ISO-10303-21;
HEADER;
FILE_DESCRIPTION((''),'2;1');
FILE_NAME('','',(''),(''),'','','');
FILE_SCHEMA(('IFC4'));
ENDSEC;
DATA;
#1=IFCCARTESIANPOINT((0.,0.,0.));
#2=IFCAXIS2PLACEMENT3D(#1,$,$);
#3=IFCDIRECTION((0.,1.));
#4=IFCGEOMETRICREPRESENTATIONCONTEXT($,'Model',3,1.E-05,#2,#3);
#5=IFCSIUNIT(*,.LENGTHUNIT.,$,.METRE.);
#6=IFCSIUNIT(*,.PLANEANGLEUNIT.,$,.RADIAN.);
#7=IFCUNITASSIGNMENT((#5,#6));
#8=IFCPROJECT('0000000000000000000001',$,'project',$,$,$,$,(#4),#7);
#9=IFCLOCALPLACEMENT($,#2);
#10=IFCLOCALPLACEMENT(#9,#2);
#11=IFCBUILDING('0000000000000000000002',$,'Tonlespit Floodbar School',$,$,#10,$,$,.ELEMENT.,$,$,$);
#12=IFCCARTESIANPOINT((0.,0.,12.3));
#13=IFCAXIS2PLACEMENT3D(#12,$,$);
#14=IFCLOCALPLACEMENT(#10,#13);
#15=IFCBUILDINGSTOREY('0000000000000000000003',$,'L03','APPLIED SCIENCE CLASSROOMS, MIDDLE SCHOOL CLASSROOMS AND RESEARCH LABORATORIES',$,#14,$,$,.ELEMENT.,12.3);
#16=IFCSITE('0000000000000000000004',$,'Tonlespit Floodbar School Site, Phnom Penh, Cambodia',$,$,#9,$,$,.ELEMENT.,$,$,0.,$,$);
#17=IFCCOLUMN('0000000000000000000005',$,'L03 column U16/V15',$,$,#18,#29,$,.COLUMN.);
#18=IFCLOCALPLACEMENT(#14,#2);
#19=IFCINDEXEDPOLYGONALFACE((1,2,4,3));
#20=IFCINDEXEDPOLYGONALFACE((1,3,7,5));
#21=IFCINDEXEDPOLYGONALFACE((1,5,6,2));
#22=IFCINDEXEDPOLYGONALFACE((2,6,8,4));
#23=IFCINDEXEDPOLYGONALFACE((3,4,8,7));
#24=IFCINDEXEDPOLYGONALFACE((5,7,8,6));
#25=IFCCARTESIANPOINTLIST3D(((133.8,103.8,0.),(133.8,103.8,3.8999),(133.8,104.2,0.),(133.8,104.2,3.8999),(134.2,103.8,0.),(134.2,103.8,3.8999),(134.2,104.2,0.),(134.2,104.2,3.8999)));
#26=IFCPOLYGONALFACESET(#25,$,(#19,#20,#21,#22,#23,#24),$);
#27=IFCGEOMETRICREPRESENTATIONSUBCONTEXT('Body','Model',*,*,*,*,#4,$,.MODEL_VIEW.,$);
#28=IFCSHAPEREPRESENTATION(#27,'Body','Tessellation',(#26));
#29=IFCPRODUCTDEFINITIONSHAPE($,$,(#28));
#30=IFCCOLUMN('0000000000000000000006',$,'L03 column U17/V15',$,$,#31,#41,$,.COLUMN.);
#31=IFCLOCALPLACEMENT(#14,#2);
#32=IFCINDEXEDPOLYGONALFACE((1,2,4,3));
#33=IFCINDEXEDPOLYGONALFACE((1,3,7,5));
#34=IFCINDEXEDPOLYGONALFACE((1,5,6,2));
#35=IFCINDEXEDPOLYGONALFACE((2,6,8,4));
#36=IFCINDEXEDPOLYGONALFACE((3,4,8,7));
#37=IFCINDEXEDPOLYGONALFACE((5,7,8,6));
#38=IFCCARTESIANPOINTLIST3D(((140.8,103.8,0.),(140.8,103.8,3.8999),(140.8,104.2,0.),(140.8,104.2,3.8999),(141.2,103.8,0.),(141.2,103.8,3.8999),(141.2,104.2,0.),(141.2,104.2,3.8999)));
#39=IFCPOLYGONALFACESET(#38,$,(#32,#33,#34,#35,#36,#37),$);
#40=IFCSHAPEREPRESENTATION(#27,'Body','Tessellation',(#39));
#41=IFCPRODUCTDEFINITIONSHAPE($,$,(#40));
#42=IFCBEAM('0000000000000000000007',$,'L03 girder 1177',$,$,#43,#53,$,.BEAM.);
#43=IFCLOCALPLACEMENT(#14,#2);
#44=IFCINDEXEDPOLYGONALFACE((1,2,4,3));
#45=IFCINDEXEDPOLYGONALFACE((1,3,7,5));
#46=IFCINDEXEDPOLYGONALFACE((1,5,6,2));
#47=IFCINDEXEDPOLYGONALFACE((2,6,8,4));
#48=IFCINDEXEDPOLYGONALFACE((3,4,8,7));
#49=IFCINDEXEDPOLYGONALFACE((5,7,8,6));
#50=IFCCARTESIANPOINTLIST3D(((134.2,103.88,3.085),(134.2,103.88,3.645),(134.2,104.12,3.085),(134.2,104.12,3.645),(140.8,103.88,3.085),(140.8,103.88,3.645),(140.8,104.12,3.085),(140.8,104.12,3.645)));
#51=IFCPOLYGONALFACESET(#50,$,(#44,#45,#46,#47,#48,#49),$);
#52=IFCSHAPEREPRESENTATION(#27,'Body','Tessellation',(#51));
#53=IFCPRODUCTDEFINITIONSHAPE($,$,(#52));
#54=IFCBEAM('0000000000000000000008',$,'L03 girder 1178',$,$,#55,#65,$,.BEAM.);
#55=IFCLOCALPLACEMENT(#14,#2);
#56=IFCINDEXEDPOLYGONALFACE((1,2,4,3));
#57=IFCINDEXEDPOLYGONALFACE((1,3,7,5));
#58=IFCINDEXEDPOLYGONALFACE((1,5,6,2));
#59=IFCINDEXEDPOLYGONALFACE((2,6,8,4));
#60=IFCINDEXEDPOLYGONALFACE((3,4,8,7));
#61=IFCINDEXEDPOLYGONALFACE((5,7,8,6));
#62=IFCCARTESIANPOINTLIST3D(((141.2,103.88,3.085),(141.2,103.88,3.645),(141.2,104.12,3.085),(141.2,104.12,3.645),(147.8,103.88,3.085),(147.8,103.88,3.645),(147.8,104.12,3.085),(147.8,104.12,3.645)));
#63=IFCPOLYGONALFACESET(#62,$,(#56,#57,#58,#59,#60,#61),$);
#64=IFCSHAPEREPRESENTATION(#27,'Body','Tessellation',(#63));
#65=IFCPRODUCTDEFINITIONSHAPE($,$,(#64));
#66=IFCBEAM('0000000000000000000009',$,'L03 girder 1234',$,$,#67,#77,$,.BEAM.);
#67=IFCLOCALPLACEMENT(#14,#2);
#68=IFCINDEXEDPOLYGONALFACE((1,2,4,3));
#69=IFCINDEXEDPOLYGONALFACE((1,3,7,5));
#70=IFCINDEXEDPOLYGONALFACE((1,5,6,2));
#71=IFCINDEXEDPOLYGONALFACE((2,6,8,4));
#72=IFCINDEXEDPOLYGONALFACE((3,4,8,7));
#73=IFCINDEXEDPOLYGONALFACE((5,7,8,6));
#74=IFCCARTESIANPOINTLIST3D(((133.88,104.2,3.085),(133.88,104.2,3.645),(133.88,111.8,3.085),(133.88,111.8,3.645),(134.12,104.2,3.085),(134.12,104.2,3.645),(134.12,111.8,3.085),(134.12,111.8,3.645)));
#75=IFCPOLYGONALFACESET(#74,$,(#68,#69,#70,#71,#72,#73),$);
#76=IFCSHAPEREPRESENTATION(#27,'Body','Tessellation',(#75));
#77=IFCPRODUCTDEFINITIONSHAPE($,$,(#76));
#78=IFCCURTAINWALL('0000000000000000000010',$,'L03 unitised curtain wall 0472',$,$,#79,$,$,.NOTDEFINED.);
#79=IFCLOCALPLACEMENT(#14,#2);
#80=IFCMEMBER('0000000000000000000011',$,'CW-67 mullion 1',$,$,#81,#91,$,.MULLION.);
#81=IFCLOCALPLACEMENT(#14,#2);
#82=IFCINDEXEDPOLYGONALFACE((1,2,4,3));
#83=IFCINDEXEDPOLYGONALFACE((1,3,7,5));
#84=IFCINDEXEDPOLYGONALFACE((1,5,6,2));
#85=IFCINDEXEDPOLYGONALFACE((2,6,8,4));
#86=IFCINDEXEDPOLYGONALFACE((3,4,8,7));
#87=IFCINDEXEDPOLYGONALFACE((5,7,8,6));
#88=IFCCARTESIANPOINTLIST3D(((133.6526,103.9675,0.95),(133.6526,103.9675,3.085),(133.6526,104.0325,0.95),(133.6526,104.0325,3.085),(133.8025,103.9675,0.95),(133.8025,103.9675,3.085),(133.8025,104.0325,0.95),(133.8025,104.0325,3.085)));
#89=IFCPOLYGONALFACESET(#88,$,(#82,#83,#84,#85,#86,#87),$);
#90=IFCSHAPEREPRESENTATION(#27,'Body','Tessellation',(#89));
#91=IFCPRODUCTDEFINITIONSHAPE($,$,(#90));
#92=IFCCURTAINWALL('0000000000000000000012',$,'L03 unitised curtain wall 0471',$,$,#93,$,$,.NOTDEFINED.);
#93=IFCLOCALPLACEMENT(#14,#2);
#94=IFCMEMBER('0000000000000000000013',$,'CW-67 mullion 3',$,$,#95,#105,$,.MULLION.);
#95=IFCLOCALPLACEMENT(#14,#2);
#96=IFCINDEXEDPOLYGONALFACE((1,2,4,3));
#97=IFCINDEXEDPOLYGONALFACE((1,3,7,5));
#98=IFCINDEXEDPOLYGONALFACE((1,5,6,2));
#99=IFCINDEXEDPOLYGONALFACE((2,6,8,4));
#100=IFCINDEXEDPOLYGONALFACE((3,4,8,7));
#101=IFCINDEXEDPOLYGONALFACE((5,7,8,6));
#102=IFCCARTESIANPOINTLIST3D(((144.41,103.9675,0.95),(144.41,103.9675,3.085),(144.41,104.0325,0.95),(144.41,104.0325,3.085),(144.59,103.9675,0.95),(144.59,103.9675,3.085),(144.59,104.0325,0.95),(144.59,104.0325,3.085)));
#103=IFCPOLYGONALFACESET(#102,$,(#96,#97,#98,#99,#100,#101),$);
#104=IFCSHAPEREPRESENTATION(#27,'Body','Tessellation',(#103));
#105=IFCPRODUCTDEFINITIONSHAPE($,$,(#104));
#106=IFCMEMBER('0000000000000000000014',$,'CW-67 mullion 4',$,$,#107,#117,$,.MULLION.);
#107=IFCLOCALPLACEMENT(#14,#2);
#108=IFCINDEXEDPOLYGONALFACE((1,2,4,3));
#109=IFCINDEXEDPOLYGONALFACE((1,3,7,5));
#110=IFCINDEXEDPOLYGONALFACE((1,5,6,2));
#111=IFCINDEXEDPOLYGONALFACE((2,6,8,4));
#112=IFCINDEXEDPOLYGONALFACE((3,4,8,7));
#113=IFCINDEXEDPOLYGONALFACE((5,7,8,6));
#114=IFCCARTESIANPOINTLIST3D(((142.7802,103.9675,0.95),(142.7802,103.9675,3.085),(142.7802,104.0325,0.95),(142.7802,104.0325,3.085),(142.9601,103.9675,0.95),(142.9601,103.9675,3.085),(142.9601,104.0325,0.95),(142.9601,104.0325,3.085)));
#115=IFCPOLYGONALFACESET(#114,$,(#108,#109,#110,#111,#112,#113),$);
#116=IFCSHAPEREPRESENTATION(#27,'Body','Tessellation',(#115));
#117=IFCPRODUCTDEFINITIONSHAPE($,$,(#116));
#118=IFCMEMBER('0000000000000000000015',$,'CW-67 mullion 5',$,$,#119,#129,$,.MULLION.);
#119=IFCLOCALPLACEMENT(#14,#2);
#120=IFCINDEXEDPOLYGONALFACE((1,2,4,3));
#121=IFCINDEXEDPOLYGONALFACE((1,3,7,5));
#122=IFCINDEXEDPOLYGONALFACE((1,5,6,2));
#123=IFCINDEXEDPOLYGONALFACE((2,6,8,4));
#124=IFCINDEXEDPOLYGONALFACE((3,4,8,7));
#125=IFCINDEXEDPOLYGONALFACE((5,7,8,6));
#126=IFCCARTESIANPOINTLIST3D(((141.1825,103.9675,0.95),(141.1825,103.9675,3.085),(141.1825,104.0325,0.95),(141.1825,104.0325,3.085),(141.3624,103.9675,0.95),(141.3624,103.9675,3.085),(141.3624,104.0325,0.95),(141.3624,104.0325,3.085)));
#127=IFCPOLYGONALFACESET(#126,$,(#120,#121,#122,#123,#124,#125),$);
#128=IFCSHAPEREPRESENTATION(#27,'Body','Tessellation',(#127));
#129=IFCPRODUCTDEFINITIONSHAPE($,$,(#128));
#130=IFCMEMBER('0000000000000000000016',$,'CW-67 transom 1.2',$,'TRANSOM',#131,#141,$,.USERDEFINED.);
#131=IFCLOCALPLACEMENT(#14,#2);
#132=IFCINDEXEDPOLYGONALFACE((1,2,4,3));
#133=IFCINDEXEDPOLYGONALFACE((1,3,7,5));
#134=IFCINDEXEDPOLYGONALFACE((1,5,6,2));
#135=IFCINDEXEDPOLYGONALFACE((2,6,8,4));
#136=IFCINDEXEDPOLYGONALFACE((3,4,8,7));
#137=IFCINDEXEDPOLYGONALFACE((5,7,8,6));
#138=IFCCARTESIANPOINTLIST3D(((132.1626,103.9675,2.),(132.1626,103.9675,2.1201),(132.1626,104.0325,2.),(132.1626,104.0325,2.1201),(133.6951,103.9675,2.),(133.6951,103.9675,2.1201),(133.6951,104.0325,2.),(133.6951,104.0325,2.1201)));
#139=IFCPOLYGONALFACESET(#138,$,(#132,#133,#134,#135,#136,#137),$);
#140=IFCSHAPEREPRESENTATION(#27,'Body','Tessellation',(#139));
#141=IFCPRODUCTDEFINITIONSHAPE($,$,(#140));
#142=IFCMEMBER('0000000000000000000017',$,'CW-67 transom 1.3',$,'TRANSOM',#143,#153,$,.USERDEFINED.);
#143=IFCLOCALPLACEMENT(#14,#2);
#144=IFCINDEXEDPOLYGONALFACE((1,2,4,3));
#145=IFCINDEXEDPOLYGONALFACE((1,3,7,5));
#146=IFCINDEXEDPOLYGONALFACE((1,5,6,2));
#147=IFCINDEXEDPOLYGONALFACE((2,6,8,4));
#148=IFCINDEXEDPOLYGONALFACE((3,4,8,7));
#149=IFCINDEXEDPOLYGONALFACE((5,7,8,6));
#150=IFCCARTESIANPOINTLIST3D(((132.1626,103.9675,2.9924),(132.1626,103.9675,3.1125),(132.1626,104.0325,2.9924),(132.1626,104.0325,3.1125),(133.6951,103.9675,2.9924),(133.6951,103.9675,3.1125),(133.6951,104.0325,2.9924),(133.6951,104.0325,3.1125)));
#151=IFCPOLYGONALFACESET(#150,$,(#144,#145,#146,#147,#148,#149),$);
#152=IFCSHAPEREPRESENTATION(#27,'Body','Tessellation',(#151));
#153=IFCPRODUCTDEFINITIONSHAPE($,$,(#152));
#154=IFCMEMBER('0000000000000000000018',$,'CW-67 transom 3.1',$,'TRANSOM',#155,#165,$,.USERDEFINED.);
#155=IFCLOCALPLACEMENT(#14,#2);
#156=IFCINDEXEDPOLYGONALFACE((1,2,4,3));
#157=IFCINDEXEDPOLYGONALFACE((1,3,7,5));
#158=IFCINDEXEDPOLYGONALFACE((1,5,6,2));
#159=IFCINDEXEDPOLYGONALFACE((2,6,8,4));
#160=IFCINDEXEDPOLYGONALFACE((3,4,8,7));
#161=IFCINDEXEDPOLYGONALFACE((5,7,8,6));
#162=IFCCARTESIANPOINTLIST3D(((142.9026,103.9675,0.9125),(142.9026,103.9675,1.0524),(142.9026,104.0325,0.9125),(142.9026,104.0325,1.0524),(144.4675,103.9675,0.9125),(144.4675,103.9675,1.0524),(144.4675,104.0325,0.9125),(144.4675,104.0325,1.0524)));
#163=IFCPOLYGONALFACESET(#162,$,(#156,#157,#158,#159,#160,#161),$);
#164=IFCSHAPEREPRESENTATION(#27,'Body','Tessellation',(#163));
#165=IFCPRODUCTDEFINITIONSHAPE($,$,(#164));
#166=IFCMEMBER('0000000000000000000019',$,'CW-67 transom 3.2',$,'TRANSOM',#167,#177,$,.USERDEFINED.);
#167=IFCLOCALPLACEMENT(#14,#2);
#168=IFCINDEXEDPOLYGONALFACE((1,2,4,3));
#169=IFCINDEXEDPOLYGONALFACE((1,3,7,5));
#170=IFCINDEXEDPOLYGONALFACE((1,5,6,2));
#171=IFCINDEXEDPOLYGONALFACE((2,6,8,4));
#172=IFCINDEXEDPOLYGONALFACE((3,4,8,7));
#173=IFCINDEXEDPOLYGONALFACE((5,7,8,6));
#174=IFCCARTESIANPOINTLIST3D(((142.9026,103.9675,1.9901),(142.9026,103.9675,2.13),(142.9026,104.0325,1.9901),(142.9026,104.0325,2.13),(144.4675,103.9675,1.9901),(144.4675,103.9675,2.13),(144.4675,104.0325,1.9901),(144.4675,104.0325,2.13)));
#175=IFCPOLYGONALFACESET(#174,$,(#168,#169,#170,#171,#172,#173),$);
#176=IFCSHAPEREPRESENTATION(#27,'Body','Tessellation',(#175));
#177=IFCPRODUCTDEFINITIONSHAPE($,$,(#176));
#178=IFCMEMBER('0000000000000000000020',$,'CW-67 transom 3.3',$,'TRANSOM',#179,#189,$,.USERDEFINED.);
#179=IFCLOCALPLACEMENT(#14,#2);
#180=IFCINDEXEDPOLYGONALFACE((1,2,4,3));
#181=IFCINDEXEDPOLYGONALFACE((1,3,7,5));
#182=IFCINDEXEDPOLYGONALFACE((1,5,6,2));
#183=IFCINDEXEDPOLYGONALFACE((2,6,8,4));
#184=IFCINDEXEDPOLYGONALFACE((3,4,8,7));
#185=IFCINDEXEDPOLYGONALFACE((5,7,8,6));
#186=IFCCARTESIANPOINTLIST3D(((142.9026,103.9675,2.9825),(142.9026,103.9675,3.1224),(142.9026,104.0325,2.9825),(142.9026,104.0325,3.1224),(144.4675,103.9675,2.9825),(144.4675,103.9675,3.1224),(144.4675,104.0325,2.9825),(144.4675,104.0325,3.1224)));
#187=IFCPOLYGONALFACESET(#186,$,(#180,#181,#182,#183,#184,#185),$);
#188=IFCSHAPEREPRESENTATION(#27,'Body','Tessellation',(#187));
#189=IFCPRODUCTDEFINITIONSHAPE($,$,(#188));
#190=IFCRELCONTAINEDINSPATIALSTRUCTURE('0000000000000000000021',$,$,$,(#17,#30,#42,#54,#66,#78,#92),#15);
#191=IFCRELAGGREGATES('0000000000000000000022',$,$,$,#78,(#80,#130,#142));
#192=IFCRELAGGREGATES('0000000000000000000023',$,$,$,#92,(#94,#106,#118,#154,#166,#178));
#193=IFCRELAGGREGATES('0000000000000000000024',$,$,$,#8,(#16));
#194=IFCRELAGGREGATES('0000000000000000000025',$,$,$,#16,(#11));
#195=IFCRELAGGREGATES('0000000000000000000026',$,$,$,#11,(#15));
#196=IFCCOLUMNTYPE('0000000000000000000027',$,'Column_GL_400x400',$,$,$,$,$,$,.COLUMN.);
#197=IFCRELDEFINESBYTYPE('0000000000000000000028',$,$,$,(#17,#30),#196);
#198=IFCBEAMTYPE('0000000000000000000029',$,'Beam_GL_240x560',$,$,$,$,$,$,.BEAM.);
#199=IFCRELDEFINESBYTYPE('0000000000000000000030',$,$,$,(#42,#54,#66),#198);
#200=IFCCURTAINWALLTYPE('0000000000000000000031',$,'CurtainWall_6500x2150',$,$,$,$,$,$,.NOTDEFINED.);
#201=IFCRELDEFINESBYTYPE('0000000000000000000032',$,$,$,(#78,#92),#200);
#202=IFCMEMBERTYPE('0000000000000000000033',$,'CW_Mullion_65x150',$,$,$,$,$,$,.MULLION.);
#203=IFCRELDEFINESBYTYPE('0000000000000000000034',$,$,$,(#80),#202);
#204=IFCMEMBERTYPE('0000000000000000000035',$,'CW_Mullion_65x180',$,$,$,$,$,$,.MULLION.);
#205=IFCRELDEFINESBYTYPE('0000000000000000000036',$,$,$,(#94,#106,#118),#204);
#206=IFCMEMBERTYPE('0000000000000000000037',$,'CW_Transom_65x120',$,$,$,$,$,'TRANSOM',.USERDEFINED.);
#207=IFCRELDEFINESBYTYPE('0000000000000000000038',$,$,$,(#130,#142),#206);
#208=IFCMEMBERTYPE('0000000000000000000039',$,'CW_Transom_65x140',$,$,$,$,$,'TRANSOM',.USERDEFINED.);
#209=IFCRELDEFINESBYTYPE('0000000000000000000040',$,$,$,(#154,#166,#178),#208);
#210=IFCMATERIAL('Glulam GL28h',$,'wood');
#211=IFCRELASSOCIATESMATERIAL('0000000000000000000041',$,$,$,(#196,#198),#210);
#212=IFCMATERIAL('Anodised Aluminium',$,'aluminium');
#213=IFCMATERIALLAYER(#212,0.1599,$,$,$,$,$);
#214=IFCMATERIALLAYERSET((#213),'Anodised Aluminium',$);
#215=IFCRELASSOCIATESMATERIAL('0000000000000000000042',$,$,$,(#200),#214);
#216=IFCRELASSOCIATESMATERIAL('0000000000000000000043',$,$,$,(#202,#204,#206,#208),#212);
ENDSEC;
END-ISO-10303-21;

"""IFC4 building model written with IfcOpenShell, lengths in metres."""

from ifc_helpers import new_model, si_unit, direction, frame, origin, origin_2d, place, context, subcontext, project, spatial, rectangle, extrude, material, layer, layer_set, material_profile, profile_set, type_object, element, aggregate, save


model = new_model("IFC4")

# Units and contexts
model_context = context("Model", 3, precision=1e-05, world=origin(), true_north=direction((0.0, 1.0)))
body_context = subcontext(model_context, "Body", "Model", "MODEL_VIEW")
ifc_project = project(units=[si_unit("LENGTHUNIT", "METRE"), si_unit("PLANEANGLEUNIT", "RADIAN")], contexts=[model_context])

# Site, building, storey
site_placement = place(None, origin())
site = spatial("IfcSite", under=ifc_project, at=site_placement, Name="Tonlespit Floodbar School Site, Phnom Penh, Cambodia", CompositionType="ELEMENT", RefElevation=0.0)
building_placement = place(site_placement, origin())
building = spatial("IfcBuilding", under=site, at=building_placement, Name="Tonlespit Floodbar School", CompositionType="ELEMENT")
storey_placement = place(building_placement, frame((0.0, 0.0, 12.3)))
storey = spatial("IfcBuildingStorey", under=building, at=storey_placement, Name="L03", Description="APPLIED SCIENCE CLASSROOMS, MIDDLE SCHOOL CLASSROOMS AND RESEARCH LABORATORIES", CompositionType="ELEMENT", Elevation=12.3)

# Columns
ifc_material_1 = material(Name="Glulam GL28h", Category="wood")
ifc_material_profile_1 = material_profile(ifc_material_1, rectangle(XDim=0.3999, YDim=0.3999, at=origin_2d()), Name="GL 400x400")
ifc_profile_set_1 = profile_set([ifc_material_profile_1], Name="Glulam GL28h")
column_type = type_object("IfcColumnType", Name="Column_GL_400x400", PredefinedType="COLUMN", material=ifc_profile_set_1)
for number, where, z_axis, x_axis, name in (
    (1, (134.0, 104.0, 0.0), (0.0, 0.0, 1.0), (1.0, 0.0, 0.0), "L03 column U16/V15"),
    (2, (141.0, 104.0, 0.0), (0.0, 0.0, 1.0), (1.0, 0.0, 0.0), "L03 column U17/V15"),
):
    element("IfcColumn", number, at=place(storey_placement, frame(where, z_axis=z_axis, x_axis=x_axis)), inside=storey, type_object=column_type, Name=name, PredefinedType="COLUMN", context=body_context, shape_type="SweptSolid", body=[
        extrude(rectangle(XDim=0.3999, YDim=0.3999, at=origin_2d()), origin(), (0.0, 0.0, 1.0), 3.8999),
    ])

# Beams
ifc_material_profile_2 = material_profile(ifc_material_1, rectangle(XDim=0.24, YDim=0.5601, at=origin_2d()), Name="GL 240x560")
ifc_profile_set_2 = profile_set([ifc_material_profile_2], Name="Glulam GL28h")
beam_type_1 = type_object("IfcBeamType", Name="Beam_GL_240x560", PredefinedType="BEAM", material=ifc_profile_set_2)
for number, where, z_axis, x_axis, name in (
    (3, (134.2, 104.0, 3.365), (1.0, 0.0, 0.0), (0.0, 1.0, 0.0), "L03 girder 1177"),
    (4, (141.2, 104.0, 3.365), (1.0, 0.0, 0.0), (0.0, 1.0, 0.0), "L03 girder 1178"),
):
    element("IfcBeam", number, at=place(storey_placement, frame(where, z_axis=z_axis, x_axis=x_axis)), inside=storey, type_object=beam_type_1, Name=name, PredefinedType="BEAM", context=body_context, shape_type="SweptSolid", body=[
        extrude(rectangle(XDim=0.24, YDim=0.5601, at=origin_2d()), origin(), (0.0, 0.0, 1.0), 6.6001),
    ])
beam_placement = place(storey_placement, frame((134.0, 104.2, 3.365), z_axis=(0.0, 1.0, 0.0), x_axis=(-1.0, 0.0, 0.0)))
element("IfcBeam", 5, at=beam_placement, inside=storey, type_object=beam_type_1, Name="L03 girder 1234", PredefinedType="BEAM", context=body_context, shape_type="SweptSolid", body=[
    extrude(rectangle(XDim=0.24, YDim=0.5601, at=origin_2d()), origin(), (0.0, 0.0, 1.0), 7.6001),
])

# Curtain wall, member
ifc_material_2 = material(Name="Anodised Aluminium", Category="aluminium")
ifc_layer_1 = layer(ifc_material_2, 0.1599)
ifc_layer_set_1 = layer_set([ifc_layer_1], Name="Anodised Aluminium")
curtain_wall_type = type_object("IfcCurtainWallType", Name="CurtainWall_6500x2150", PredefinedType="NOTDEFINED", material=ifc_layer_set_1)
curtain_wall_1_placement = place(storey_placement, origin())
curtain_wall_1 = element("IfcCurtainWall", 6, at=curtain_wall_1_placement, inside=storey, type_object=curtain_wall_type, Name="L03 unitised curtain wall 0472", PredefinedType="NOTDEFINED")
ifc_material_profile_3 = material_profile(ifc_material_2, rectangle(XDim=0.0649, YDim=0.1499, at=origin_2d()), Name="ALU M65x150")
ifc_profile_set_3 = profile_set([ifc_material_profile_3], Name="Anodised Aluminium")
member_type_1 = type_object("IfcMemberType", Name="CW_Mullion_65x150", PredefinedType="MULLION", material=ifc_profile_set_3)
member_1_placement = place(storey_placement, frame((133.7275, 104.0, 0.95), z_axis=(0.0, 0.0, 1.0), x_axis=(0.0, -1.0, 0.0)))
member_1 = element("IfcMember", 7, at=member_1_placement, type_object=member_type_1, Name="CW-67 mullion 1", PredefinedType="MULLION", context=body_context, shape_type="SweptSolid", body=[
    extrude(rectangle(XDim=0.0649, YDim=0.1499, at=origin_2d()), origin(), (0.0, 0.0, 1.0), 2.135),
])

# Curtain wall, members
curtain_wall_2_placement = place(storey_placement, origin())
curtain_wall_2 = element("IfcCurtainWall", 8, at=curtain_wall_2_placement, inside=storey, type_object=curtain_wall_type, Name="L03 unitised curtain wall 0471", PredefinedType="NOTDEFINED")
ifc_material_profile_4 = material_profile(ifc_material_2, rectangle(XDim=0.0649, YDim=0.1799, at=origin_2d()), Name="ALU M65x180")
ifc_profile_set_4 = profile_set([ifc_material_profile_4], Name="Anodised Aluminium")
member_type_2 = type_object("IfcMemberType", Name="CW_Mullion_65x180", PredefinedType="MULLION", material=ifc_profile_set_4)
member_2_placement = place(storey_placement, frame((144.5, 104.0, 0.95), z_axis=(0.0, 0.0, 1.0), x_axis=(0.0, -1.0, 0.0)))
member_2 = element("IfcMember", 9, at=member_2_placement, type_object=member_type_2, Name="CW-67 mullion 3", PredefinedType="MULLION", context=body_context, shape_type="SweptSolid", body=[
    extrude(rectangle(XDim=0.0649, YDim=0.1799, at=origin_2d()), origin(), (0.0, 0.0, 1.0), 2.135),
])
member_3_placement = place(storey_placement, frame((142.8701, 104.0, 0.95), z_axis=(0.0, 0.0, 1.0), x_axis=(0.0, -1.0, 0.0)))
member_3 = element("IfcMember", 10, at=member_3_placement, type_object=member_type_2, Name="CW-67 mullion 4", PredefinedType="MULLION", context=body_context, shape_type="SweptSolid", body=[
    extrude(rectangle(XDim=0.0649, YDim=0.1799, at=origin_2d()), origin(), (0.0, 0.0, 1.0), 2.135),
])
member_4_placement = place(storey_placement, frame((141.2725, 104.0, 0.95), z_axis=(0.0, 0.0, 1.0), x_axis=(0.0, -1.0, 0.0)))
member_4 = element("IfcMember", 11, at=member_4_placement, type_object=member_type_2, Name="CW-67 mullion 5", PredefinedType="MULLION", context=body_context, shape_type="SweptSolid", body=[
    extrude(rectangle(XDim=0.0649, YDim=0.1799, at=origin_2d()), origin(), (0.0, 0.0, 1.0), 2.135),
])

# Members
ifc_material_profile_5 = material_profile(ifc_material_2, rectangle(XDim=0.0649, YDim=0.1201, at=origin_2d()), Name="ALU T65x120")
ifc_profile_set_5 = profile_set([ifc_material_profile_5], Name="Anodised Aluminium")
member_type_3 = type_object("IfcMemberType", Name="CW_Transom_65x120", ElementType="TRANSOM", PredefinedType="USERDEFINED", material=ifc_profile_set_5)
member_5_placement = place(storey_placement, frame((133.6951, 104.0, 2.0601), z_axis=(-1.0, 0.0, 0.0), x_axis=(0.0, -1.0, 0.0)))
member_5 = element("IfcMember", 12, at=member_5_placement, type_object=member_type_3, Name="CW-67 transom 1.2", ObjectType="TRANSOM", PredefinedType="USERDEFINED", context=body_context, shape_type="SweptSolid", body=[
    extrude(rectangle(XDim=0.0649, YDim=0.1201, at=origin_2d()), origin(), (0.0, 0.0, 1.0), 1.5325),
])
member_6_placement = place(storey_placement, frame((133.6951, 104.0, 3.0525), z_axis=(-1.0, 0.0, 0.0), x_axis=(0.0, -1.0, 0.0)))
member_6 = element("IfcMember", 13, at=member_6_placement, type_object=member_type_3, Name="CW-67 transom 1.3", ObjectType="TRANSOM", PredefinedType="USERDEFINED", context=body_context, shape_type="SweptSolid", body=[
    extrude(rectangle(XDim=0.0649, YDim=0.1201, at=origin_2d()), origin(), (0.0, 0.0, 1.0), 1.5325),
])
aggregate(curtain_wall_1, [member_1, member_5, member_6])
ifc_material_profile_6 = material_profile(ifc_material_2, rectangle(XDim=0.0649, YDim=0.1399, at=origin_2d()), Name="ALU T65x140")
ifc_profile_set_6 = profile_set([ifc_material_profile_6], Name="Anodised Aluminium")
member_type_4 = type_object("IfcMemberType", Name="CW_Transom_65x140", ElementType="TRANSOM", PredefinedType="USERDEFINED", material=ifc_profile_set_6)
member_7_placement = place(storey_placement, frame((144.4675, 104.0, 0.9824), z_axis=(-1.0, 0.0, 0.0), x_axis=(0.0, -1.0, 0.0)))
member_7 = element("IfcMember", 14, at=member_7_placement, type_object=member_type_4, Name="CW-67 transom 3.1", ObjectType="TRANSOM", PredefinedType="USERDEFINED", context=body_context, shape_type="SweptSolid", body=[
    extrude(rectangle(XDim=0.0649, YDim=0.1399, at=origin_2d()), origin(), (0.0, 0.0, 1.0), 1.5649),
])
member_8_placement = place(storey_placement, frame((144.4675, 104.0, 2.0601), z_axis=(-1.0, 0.0, 0.0), x_axis=(0.0, -1.0, 0.0)))
member_8 = element("IfcMember", 15, at=member_8_placement, type_object=member_type_4, Name="CW-67 transom 3.2", ObjectType="TRANSOM", PredefinedType="USERDEFINED", context=body_context, shape_type="SweptSolid", body=[
    extrude(rectangle(XDim=0.0649, YDim=0.1399, at=origin_2d()), origin(), (0.0, 0.0, 1.0), 1.5649),
])
member_9_placement = place(storey_placement, frame((144.4675, 104.0, 3.0525), z_axis=(-1.0, 0.0, 0.0), x_axis=(0.0, -1.0, 0.0)))
member_9 = element("IfcMember", 16, at=member_9_placement, type_object=member_type_4, Name="CW-67 transom 3.3", ObjectType="TRANSOM", PredefinedType="USERDEFINED", context=body_context, shape_type="SweptSolid", body=[
    extrude(rectangle(XDim=0.0649, YDim=0.1399, at=origin_2d()), origin(), (0.0, 0.0, 1.0), 1.5649),
])

aggregate(curtain_wall_2, [member_2, member_3, member_4, member_7, member_8, member_9])

save(model, "model.ifc")
